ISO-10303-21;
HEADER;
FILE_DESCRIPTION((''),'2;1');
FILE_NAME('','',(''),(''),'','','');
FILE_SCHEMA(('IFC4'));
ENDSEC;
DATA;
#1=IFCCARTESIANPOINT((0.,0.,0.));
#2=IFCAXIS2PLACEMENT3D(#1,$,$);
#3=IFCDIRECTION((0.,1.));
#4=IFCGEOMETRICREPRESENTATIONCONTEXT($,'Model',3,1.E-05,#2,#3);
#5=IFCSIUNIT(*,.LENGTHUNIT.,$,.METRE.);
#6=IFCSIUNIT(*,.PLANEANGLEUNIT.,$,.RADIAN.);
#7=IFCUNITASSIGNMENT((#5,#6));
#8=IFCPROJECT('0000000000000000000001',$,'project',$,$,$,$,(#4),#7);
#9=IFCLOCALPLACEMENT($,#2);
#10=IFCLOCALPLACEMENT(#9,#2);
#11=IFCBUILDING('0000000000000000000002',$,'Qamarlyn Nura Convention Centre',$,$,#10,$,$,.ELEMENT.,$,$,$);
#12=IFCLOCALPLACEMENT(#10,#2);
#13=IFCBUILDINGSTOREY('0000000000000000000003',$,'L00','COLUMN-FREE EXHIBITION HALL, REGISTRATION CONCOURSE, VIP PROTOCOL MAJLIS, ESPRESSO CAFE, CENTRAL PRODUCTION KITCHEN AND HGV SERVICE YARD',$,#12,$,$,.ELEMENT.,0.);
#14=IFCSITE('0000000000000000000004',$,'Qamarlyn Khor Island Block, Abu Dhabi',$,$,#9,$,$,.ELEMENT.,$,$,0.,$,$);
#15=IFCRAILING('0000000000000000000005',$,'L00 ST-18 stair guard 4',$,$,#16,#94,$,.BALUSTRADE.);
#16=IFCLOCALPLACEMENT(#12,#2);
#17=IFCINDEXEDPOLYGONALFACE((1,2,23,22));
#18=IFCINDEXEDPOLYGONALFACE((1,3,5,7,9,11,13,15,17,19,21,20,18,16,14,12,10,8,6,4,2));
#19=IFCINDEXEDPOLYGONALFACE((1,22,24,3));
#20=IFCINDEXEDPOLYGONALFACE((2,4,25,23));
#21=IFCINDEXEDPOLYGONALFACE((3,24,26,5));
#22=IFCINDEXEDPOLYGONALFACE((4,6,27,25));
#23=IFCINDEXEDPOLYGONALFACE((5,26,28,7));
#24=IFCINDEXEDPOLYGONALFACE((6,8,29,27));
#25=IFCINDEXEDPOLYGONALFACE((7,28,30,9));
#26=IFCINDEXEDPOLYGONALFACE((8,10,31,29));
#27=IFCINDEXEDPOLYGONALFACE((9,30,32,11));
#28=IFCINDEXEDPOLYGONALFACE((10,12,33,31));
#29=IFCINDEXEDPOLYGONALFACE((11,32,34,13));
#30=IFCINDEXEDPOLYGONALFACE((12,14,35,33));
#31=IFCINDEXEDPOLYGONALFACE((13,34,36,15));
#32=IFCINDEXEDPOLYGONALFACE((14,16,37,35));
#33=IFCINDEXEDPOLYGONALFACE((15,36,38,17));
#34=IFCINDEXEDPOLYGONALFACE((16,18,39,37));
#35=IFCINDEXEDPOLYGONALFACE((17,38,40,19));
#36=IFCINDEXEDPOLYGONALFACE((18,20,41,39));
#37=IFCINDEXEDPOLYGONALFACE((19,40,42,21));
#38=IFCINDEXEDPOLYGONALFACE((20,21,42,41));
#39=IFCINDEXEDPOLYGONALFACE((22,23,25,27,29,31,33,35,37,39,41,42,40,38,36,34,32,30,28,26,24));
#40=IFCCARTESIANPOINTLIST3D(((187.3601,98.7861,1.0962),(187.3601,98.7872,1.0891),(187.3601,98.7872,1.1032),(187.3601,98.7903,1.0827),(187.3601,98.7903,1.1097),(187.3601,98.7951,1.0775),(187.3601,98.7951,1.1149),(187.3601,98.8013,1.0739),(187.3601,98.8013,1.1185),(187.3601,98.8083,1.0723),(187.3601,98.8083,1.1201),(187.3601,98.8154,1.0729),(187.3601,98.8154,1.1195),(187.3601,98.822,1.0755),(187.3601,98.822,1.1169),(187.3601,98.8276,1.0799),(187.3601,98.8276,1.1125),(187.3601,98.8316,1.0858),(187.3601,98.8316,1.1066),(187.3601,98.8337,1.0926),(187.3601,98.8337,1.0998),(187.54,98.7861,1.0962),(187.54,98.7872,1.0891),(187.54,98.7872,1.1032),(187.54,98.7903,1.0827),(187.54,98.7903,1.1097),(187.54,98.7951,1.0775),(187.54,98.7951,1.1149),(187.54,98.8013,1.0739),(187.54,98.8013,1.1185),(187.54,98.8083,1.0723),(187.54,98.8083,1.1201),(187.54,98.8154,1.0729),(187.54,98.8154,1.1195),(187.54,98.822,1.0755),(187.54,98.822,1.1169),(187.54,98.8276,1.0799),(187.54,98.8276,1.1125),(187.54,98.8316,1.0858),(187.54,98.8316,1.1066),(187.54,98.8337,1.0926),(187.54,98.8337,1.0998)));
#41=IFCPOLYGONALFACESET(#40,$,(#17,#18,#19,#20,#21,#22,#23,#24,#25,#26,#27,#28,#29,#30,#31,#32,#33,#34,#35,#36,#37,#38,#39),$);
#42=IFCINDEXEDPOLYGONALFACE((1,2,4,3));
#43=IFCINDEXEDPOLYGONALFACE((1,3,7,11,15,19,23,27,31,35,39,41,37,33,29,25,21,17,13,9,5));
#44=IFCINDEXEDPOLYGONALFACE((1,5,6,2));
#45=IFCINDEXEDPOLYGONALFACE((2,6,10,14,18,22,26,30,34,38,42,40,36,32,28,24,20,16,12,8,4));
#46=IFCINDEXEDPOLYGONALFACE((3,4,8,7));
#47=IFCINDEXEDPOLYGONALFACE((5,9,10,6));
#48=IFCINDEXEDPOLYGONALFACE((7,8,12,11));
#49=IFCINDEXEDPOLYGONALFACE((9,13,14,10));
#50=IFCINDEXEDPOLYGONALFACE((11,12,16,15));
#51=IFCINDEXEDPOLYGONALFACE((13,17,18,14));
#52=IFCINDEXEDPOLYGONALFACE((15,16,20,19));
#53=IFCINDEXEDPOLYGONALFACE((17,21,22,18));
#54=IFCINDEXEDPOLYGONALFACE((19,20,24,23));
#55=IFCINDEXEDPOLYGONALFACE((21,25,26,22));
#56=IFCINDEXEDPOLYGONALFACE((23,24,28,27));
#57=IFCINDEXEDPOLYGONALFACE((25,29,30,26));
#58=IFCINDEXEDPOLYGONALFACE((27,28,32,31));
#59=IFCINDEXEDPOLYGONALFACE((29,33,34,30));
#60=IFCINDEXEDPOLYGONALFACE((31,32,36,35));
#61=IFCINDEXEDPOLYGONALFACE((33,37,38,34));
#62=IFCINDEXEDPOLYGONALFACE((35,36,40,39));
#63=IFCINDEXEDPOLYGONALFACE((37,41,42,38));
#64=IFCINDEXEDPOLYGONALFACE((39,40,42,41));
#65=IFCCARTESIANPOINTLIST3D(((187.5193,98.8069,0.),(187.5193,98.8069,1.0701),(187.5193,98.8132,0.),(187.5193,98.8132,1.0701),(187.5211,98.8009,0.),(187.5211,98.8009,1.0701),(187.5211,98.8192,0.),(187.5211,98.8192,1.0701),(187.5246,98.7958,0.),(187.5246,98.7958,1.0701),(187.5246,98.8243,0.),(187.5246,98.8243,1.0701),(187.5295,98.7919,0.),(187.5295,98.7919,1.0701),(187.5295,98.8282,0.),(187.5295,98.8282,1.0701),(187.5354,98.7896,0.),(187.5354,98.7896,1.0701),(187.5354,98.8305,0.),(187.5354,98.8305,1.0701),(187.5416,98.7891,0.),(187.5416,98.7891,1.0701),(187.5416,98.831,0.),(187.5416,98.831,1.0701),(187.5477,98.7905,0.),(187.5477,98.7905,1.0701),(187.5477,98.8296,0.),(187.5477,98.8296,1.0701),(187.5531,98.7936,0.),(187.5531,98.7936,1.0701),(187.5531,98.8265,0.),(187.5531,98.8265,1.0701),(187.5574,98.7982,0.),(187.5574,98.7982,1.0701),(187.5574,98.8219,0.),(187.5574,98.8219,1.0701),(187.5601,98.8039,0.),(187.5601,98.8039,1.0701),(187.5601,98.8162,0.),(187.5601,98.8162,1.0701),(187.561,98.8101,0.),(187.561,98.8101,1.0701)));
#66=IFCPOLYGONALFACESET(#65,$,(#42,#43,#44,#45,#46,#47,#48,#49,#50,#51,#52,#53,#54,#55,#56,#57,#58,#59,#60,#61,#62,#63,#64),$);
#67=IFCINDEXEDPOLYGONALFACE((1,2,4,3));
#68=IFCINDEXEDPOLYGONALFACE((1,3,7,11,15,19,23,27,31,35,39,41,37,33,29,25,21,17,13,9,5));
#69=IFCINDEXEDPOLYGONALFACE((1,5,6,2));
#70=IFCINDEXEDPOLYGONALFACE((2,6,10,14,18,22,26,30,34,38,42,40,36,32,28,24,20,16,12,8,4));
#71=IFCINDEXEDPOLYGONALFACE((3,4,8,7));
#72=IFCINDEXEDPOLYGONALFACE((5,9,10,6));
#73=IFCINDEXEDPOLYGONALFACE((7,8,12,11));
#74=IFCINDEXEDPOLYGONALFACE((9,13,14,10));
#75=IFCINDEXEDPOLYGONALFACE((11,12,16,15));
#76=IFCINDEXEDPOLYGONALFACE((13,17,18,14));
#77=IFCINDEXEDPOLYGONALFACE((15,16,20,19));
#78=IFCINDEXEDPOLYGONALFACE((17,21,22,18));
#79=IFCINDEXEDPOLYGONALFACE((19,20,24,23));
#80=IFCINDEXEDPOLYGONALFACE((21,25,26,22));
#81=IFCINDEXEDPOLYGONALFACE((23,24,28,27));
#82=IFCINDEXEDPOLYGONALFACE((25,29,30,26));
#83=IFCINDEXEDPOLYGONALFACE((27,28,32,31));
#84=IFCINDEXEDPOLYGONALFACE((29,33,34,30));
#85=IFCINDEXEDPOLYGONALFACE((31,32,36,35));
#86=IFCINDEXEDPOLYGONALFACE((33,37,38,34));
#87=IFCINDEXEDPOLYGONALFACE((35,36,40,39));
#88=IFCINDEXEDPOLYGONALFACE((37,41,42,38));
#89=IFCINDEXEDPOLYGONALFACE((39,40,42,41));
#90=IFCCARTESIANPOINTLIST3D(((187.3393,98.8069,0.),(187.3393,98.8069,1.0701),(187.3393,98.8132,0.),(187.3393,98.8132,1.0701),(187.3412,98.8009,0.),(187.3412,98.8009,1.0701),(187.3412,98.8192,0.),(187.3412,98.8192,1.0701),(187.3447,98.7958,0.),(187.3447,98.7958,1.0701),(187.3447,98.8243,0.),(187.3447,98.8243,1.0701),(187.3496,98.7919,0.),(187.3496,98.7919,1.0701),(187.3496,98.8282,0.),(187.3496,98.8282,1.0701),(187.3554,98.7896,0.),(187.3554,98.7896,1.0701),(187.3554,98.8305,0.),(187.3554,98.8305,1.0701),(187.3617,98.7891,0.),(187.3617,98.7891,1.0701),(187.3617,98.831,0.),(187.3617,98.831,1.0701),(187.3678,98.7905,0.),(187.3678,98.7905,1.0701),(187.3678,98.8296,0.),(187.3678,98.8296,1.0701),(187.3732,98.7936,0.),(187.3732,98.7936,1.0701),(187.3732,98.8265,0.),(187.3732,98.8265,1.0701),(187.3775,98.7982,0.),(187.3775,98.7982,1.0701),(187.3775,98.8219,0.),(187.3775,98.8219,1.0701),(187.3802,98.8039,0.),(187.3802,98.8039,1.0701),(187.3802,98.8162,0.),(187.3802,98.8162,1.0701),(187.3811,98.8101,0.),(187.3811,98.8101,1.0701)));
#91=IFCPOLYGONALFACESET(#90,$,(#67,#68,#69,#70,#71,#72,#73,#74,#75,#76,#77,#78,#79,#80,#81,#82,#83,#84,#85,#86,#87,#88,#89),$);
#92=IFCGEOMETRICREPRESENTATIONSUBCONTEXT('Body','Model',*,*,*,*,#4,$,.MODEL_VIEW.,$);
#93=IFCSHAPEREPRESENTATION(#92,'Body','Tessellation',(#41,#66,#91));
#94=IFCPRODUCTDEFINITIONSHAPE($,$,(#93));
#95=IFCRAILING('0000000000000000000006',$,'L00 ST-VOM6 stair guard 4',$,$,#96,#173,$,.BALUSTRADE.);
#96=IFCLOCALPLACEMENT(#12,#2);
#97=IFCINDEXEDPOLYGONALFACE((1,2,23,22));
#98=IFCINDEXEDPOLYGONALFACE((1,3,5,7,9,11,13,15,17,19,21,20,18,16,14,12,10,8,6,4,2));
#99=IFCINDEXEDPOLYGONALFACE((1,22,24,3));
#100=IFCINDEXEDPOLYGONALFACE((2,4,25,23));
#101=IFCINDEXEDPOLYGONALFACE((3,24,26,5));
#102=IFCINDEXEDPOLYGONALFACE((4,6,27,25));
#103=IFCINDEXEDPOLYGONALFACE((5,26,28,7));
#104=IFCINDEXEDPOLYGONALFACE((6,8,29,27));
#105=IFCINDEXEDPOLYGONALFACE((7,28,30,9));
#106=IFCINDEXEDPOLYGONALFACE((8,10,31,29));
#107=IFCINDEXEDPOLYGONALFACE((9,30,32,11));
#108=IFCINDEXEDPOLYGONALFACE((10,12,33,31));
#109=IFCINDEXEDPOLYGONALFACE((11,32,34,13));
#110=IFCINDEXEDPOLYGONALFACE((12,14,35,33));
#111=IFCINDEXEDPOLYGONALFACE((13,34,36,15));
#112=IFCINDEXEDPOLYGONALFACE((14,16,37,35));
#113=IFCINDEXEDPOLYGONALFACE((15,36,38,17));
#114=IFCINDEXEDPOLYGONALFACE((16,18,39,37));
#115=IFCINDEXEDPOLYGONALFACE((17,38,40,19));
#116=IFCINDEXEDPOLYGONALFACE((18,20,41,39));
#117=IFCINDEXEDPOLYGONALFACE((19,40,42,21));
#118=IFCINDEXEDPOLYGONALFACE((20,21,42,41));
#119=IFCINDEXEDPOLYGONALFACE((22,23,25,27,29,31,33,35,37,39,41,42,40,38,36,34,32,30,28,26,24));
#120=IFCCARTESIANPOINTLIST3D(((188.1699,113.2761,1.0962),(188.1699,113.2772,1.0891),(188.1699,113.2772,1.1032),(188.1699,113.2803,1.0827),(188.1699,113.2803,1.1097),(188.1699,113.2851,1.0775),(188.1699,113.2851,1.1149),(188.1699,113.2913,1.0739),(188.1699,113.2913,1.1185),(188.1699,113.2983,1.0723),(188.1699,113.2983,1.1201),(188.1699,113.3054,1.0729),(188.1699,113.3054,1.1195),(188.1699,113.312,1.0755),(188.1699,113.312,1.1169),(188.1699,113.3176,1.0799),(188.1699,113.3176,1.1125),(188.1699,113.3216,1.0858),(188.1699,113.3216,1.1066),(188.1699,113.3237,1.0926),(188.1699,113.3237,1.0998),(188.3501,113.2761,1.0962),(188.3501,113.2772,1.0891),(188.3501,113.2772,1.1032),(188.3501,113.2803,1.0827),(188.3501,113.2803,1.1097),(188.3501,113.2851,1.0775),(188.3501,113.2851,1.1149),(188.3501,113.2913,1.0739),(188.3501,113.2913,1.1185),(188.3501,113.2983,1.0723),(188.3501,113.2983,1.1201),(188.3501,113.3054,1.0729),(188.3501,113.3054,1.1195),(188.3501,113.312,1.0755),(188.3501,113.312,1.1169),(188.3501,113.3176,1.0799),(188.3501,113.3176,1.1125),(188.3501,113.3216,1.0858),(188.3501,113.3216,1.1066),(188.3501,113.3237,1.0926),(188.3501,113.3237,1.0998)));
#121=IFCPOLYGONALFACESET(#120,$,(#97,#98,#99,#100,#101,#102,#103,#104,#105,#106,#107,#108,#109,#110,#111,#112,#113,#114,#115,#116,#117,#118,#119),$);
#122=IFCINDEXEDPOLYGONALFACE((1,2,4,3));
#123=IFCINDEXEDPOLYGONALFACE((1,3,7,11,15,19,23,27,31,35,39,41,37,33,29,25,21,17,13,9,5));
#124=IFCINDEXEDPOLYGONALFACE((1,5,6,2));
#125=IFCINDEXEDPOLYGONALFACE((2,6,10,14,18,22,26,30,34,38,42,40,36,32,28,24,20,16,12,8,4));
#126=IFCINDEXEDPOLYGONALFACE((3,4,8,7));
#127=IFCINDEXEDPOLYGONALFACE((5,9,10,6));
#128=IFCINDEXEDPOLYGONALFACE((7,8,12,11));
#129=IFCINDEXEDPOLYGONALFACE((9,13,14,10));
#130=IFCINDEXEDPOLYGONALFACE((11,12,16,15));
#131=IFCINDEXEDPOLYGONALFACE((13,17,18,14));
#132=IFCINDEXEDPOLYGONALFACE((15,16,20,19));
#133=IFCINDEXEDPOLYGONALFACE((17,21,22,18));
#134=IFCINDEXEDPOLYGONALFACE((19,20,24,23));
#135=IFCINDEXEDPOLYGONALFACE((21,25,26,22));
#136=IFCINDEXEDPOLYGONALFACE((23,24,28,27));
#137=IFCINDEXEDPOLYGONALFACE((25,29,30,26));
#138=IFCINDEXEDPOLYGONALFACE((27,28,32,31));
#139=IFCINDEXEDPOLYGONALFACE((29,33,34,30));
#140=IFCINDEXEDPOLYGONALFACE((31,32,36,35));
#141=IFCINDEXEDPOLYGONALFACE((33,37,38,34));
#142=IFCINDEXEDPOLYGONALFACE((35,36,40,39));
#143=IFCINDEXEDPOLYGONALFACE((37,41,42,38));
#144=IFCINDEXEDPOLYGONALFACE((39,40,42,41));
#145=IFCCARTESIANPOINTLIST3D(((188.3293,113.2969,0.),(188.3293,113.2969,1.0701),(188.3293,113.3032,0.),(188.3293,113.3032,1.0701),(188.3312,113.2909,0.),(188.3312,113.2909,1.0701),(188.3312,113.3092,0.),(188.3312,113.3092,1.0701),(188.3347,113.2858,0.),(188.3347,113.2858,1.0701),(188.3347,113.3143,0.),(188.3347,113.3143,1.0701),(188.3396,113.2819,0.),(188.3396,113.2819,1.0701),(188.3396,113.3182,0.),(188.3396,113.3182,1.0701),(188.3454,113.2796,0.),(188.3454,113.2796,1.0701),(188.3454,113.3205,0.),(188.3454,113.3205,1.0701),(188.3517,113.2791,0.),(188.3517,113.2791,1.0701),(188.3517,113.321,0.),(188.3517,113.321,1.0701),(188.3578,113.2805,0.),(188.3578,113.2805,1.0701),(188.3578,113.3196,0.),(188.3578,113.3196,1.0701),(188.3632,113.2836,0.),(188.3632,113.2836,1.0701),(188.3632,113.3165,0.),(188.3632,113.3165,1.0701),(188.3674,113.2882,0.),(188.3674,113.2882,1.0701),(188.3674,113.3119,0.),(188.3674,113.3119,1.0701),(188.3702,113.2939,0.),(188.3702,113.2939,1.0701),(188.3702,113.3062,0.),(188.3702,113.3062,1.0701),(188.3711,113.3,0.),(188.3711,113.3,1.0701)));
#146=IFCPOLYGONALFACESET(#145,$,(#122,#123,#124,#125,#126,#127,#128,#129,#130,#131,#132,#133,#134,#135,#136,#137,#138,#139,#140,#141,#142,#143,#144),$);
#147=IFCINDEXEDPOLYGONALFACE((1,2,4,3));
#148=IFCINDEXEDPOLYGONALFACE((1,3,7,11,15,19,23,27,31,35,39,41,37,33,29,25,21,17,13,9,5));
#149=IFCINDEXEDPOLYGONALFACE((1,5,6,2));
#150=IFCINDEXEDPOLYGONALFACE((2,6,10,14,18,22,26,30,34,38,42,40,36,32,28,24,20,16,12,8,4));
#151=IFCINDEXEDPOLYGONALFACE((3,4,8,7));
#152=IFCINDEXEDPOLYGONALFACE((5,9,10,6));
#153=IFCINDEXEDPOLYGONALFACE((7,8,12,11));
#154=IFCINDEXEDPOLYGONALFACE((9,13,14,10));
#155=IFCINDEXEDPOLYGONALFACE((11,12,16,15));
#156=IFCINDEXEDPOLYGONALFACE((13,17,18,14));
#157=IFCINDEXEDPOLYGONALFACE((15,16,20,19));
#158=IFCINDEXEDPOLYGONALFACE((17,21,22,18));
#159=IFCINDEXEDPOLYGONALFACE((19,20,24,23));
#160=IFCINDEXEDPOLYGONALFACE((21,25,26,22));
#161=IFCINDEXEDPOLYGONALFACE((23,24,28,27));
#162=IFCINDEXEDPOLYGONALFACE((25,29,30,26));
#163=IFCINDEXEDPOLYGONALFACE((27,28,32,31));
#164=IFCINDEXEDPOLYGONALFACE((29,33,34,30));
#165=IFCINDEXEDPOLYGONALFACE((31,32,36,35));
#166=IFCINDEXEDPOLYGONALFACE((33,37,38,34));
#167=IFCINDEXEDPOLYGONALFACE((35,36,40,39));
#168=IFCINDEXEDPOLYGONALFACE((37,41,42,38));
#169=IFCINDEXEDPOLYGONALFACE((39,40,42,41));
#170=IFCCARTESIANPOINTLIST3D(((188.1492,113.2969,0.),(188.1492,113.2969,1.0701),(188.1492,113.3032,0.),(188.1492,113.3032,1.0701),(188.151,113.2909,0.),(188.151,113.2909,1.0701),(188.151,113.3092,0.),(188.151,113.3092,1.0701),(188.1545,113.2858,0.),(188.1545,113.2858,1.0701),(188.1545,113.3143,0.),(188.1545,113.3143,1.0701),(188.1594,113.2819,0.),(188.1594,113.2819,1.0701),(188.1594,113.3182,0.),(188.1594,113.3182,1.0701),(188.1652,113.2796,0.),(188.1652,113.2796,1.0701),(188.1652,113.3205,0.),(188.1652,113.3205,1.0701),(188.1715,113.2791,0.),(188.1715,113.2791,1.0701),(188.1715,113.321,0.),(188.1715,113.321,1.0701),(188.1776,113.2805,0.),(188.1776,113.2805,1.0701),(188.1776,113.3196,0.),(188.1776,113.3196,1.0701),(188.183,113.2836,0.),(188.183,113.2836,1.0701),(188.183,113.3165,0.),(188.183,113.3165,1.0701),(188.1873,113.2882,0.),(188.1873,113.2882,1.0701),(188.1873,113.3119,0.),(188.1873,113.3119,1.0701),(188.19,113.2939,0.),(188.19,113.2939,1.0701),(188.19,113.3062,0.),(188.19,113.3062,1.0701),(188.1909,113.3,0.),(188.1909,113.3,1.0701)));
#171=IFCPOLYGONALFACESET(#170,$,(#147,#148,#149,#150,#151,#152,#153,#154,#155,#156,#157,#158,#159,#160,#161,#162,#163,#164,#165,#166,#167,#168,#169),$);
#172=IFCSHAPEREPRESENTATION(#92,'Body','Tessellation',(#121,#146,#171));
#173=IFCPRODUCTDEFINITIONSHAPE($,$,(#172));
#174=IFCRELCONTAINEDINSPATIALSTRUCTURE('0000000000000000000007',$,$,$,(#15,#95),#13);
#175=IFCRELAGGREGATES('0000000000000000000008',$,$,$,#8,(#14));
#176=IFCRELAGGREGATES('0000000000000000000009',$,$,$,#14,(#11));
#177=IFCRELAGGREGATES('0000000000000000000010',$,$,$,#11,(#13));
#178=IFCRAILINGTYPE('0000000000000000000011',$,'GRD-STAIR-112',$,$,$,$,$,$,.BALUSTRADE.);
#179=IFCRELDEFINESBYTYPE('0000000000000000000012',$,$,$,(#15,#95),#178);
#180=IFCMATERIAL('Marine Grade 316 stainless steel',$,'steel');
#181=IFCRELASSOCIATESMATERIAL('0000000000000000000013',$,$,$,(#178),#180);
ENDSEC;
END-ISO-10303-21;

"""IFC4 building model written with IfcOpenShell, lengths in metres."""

from ifc_helpers import new_model, si_unit, direction, frame, origin, origin_2d, place, context, subcontext, project, spatial, circle, extrude, material, type_object, element, save


model = new_model("IFC4")

# Units and contexts
model_context = context("Model", 3, precision=1e-05, world=origin(), true_north=direction((0.0, 1.0)))
body_context = subcontext(model_context, "Body", "Model", "MODEL_VIEW")
ifc_project = project(units=[si_unit("LENGTHUNIT", "METRE"), si_unit("PLANEANGLEUNIT", "RADIAN")], contexts=[model_context])

# Site, building, storey
site_placement = place(None, origin())
site = spatial("IfcSite", under=ifc_project, at=site_placement, Name="Qamarlyn Khor Island Block, Abu Dhabi", CompositionType="ELEMENT", RefElevation=0.0)
building_placement = place(site_placement, origin())
building = spatial("IfcBuilding", under=site, at=building_placement, Name="Qamarlyn Nura Convention Centre", CompositionType="ELEMENT")
storey_placement = place(building_placement, origin())
storey = spatial("IfcBuildingStorey", under=building, at=storey_placement, Name="L00", Description="COLUMN-FREE EXHIBITION HALL, REGISTRATION CONCOURSE, VIP PROTOCOL MAJLIS, ESPRESSO CAFE, CENTRAL PRODUCTION KITCHEN AND HGV SERVICE YARD", CompositionType="ELEMENT", Elevation=0.0)

# Railings
ifc_material_1 = material(Name="Marine Grade 316 stainless steel", Category="steel")
railing_type_1 = type_object("IfcRailingType", Name="GRD-STAIR-112", PredefinedType="BALUSTRADE", material=ifc_material_1)
railing_1_placement = place(storey_placement, frame((187.54, 98.8101, 0.0)))
element("IfcRailing", 1, at=railing_1_placement, inside=storey, type_object=railing_type_1, Name="L00 ST-18 stair guard 4", PredefinedType="BALUSTRADE", context=body_context, shape_type="SweptSolid", body=[
    extrude(circle(Radius=0.0239, at=origin_2d()), frame((0.0, 0.0, 1.0962), z_axis=(-1.0, 0.0, 0.0), x_axis=(0.0, -1.0, 0.0)), (0.0, 0.0, 1.0), 0.1799),
    extrude(circle(Radius=0.021, at=origin_2d()), origin(), (0.0, 0.0, 1.0), 1.0701),
    extrude(circle(Radius=0.021, at=origin_2d()), frame((-0.1799, 0.0, 0.0)), (0.0, 0.0, 1.0), 1.0701),
])
railing_2_placement = place(storey_placement, frame((188.3501, 113.3, 0.0)))
element("IfcRailing", 2, at=railing_2_placement, inside=storey, type_object=railing_type_1, Name="L00 ST-VOM6 stair guard 4", PredefinedType="BALUSTRADE", context=body_context, shape_type="SweptSolid", body=[
    extrude(circle(Radius=0.0239, at=origin_2d()), frame((0.0, 0.0, 1.0962), z_axis=(-1.0, 0.0, 0.0), x_axis=(0.0, -1.0, 0.0)), (0.0, 0.0, 1.0), 0.1802),
    extrude(circle(Radius=0.021, at=origin_2d()), origin(), (0.0, 0.0, 1.0), 1.0701),
    extrude(circle(Radius=0.021, at=origin_2d()), frame((-0.1802, 0.0, 0.0)), (0.0, 0.0, 1.0), 1.0701),
])

save(model, "model.ifc")
